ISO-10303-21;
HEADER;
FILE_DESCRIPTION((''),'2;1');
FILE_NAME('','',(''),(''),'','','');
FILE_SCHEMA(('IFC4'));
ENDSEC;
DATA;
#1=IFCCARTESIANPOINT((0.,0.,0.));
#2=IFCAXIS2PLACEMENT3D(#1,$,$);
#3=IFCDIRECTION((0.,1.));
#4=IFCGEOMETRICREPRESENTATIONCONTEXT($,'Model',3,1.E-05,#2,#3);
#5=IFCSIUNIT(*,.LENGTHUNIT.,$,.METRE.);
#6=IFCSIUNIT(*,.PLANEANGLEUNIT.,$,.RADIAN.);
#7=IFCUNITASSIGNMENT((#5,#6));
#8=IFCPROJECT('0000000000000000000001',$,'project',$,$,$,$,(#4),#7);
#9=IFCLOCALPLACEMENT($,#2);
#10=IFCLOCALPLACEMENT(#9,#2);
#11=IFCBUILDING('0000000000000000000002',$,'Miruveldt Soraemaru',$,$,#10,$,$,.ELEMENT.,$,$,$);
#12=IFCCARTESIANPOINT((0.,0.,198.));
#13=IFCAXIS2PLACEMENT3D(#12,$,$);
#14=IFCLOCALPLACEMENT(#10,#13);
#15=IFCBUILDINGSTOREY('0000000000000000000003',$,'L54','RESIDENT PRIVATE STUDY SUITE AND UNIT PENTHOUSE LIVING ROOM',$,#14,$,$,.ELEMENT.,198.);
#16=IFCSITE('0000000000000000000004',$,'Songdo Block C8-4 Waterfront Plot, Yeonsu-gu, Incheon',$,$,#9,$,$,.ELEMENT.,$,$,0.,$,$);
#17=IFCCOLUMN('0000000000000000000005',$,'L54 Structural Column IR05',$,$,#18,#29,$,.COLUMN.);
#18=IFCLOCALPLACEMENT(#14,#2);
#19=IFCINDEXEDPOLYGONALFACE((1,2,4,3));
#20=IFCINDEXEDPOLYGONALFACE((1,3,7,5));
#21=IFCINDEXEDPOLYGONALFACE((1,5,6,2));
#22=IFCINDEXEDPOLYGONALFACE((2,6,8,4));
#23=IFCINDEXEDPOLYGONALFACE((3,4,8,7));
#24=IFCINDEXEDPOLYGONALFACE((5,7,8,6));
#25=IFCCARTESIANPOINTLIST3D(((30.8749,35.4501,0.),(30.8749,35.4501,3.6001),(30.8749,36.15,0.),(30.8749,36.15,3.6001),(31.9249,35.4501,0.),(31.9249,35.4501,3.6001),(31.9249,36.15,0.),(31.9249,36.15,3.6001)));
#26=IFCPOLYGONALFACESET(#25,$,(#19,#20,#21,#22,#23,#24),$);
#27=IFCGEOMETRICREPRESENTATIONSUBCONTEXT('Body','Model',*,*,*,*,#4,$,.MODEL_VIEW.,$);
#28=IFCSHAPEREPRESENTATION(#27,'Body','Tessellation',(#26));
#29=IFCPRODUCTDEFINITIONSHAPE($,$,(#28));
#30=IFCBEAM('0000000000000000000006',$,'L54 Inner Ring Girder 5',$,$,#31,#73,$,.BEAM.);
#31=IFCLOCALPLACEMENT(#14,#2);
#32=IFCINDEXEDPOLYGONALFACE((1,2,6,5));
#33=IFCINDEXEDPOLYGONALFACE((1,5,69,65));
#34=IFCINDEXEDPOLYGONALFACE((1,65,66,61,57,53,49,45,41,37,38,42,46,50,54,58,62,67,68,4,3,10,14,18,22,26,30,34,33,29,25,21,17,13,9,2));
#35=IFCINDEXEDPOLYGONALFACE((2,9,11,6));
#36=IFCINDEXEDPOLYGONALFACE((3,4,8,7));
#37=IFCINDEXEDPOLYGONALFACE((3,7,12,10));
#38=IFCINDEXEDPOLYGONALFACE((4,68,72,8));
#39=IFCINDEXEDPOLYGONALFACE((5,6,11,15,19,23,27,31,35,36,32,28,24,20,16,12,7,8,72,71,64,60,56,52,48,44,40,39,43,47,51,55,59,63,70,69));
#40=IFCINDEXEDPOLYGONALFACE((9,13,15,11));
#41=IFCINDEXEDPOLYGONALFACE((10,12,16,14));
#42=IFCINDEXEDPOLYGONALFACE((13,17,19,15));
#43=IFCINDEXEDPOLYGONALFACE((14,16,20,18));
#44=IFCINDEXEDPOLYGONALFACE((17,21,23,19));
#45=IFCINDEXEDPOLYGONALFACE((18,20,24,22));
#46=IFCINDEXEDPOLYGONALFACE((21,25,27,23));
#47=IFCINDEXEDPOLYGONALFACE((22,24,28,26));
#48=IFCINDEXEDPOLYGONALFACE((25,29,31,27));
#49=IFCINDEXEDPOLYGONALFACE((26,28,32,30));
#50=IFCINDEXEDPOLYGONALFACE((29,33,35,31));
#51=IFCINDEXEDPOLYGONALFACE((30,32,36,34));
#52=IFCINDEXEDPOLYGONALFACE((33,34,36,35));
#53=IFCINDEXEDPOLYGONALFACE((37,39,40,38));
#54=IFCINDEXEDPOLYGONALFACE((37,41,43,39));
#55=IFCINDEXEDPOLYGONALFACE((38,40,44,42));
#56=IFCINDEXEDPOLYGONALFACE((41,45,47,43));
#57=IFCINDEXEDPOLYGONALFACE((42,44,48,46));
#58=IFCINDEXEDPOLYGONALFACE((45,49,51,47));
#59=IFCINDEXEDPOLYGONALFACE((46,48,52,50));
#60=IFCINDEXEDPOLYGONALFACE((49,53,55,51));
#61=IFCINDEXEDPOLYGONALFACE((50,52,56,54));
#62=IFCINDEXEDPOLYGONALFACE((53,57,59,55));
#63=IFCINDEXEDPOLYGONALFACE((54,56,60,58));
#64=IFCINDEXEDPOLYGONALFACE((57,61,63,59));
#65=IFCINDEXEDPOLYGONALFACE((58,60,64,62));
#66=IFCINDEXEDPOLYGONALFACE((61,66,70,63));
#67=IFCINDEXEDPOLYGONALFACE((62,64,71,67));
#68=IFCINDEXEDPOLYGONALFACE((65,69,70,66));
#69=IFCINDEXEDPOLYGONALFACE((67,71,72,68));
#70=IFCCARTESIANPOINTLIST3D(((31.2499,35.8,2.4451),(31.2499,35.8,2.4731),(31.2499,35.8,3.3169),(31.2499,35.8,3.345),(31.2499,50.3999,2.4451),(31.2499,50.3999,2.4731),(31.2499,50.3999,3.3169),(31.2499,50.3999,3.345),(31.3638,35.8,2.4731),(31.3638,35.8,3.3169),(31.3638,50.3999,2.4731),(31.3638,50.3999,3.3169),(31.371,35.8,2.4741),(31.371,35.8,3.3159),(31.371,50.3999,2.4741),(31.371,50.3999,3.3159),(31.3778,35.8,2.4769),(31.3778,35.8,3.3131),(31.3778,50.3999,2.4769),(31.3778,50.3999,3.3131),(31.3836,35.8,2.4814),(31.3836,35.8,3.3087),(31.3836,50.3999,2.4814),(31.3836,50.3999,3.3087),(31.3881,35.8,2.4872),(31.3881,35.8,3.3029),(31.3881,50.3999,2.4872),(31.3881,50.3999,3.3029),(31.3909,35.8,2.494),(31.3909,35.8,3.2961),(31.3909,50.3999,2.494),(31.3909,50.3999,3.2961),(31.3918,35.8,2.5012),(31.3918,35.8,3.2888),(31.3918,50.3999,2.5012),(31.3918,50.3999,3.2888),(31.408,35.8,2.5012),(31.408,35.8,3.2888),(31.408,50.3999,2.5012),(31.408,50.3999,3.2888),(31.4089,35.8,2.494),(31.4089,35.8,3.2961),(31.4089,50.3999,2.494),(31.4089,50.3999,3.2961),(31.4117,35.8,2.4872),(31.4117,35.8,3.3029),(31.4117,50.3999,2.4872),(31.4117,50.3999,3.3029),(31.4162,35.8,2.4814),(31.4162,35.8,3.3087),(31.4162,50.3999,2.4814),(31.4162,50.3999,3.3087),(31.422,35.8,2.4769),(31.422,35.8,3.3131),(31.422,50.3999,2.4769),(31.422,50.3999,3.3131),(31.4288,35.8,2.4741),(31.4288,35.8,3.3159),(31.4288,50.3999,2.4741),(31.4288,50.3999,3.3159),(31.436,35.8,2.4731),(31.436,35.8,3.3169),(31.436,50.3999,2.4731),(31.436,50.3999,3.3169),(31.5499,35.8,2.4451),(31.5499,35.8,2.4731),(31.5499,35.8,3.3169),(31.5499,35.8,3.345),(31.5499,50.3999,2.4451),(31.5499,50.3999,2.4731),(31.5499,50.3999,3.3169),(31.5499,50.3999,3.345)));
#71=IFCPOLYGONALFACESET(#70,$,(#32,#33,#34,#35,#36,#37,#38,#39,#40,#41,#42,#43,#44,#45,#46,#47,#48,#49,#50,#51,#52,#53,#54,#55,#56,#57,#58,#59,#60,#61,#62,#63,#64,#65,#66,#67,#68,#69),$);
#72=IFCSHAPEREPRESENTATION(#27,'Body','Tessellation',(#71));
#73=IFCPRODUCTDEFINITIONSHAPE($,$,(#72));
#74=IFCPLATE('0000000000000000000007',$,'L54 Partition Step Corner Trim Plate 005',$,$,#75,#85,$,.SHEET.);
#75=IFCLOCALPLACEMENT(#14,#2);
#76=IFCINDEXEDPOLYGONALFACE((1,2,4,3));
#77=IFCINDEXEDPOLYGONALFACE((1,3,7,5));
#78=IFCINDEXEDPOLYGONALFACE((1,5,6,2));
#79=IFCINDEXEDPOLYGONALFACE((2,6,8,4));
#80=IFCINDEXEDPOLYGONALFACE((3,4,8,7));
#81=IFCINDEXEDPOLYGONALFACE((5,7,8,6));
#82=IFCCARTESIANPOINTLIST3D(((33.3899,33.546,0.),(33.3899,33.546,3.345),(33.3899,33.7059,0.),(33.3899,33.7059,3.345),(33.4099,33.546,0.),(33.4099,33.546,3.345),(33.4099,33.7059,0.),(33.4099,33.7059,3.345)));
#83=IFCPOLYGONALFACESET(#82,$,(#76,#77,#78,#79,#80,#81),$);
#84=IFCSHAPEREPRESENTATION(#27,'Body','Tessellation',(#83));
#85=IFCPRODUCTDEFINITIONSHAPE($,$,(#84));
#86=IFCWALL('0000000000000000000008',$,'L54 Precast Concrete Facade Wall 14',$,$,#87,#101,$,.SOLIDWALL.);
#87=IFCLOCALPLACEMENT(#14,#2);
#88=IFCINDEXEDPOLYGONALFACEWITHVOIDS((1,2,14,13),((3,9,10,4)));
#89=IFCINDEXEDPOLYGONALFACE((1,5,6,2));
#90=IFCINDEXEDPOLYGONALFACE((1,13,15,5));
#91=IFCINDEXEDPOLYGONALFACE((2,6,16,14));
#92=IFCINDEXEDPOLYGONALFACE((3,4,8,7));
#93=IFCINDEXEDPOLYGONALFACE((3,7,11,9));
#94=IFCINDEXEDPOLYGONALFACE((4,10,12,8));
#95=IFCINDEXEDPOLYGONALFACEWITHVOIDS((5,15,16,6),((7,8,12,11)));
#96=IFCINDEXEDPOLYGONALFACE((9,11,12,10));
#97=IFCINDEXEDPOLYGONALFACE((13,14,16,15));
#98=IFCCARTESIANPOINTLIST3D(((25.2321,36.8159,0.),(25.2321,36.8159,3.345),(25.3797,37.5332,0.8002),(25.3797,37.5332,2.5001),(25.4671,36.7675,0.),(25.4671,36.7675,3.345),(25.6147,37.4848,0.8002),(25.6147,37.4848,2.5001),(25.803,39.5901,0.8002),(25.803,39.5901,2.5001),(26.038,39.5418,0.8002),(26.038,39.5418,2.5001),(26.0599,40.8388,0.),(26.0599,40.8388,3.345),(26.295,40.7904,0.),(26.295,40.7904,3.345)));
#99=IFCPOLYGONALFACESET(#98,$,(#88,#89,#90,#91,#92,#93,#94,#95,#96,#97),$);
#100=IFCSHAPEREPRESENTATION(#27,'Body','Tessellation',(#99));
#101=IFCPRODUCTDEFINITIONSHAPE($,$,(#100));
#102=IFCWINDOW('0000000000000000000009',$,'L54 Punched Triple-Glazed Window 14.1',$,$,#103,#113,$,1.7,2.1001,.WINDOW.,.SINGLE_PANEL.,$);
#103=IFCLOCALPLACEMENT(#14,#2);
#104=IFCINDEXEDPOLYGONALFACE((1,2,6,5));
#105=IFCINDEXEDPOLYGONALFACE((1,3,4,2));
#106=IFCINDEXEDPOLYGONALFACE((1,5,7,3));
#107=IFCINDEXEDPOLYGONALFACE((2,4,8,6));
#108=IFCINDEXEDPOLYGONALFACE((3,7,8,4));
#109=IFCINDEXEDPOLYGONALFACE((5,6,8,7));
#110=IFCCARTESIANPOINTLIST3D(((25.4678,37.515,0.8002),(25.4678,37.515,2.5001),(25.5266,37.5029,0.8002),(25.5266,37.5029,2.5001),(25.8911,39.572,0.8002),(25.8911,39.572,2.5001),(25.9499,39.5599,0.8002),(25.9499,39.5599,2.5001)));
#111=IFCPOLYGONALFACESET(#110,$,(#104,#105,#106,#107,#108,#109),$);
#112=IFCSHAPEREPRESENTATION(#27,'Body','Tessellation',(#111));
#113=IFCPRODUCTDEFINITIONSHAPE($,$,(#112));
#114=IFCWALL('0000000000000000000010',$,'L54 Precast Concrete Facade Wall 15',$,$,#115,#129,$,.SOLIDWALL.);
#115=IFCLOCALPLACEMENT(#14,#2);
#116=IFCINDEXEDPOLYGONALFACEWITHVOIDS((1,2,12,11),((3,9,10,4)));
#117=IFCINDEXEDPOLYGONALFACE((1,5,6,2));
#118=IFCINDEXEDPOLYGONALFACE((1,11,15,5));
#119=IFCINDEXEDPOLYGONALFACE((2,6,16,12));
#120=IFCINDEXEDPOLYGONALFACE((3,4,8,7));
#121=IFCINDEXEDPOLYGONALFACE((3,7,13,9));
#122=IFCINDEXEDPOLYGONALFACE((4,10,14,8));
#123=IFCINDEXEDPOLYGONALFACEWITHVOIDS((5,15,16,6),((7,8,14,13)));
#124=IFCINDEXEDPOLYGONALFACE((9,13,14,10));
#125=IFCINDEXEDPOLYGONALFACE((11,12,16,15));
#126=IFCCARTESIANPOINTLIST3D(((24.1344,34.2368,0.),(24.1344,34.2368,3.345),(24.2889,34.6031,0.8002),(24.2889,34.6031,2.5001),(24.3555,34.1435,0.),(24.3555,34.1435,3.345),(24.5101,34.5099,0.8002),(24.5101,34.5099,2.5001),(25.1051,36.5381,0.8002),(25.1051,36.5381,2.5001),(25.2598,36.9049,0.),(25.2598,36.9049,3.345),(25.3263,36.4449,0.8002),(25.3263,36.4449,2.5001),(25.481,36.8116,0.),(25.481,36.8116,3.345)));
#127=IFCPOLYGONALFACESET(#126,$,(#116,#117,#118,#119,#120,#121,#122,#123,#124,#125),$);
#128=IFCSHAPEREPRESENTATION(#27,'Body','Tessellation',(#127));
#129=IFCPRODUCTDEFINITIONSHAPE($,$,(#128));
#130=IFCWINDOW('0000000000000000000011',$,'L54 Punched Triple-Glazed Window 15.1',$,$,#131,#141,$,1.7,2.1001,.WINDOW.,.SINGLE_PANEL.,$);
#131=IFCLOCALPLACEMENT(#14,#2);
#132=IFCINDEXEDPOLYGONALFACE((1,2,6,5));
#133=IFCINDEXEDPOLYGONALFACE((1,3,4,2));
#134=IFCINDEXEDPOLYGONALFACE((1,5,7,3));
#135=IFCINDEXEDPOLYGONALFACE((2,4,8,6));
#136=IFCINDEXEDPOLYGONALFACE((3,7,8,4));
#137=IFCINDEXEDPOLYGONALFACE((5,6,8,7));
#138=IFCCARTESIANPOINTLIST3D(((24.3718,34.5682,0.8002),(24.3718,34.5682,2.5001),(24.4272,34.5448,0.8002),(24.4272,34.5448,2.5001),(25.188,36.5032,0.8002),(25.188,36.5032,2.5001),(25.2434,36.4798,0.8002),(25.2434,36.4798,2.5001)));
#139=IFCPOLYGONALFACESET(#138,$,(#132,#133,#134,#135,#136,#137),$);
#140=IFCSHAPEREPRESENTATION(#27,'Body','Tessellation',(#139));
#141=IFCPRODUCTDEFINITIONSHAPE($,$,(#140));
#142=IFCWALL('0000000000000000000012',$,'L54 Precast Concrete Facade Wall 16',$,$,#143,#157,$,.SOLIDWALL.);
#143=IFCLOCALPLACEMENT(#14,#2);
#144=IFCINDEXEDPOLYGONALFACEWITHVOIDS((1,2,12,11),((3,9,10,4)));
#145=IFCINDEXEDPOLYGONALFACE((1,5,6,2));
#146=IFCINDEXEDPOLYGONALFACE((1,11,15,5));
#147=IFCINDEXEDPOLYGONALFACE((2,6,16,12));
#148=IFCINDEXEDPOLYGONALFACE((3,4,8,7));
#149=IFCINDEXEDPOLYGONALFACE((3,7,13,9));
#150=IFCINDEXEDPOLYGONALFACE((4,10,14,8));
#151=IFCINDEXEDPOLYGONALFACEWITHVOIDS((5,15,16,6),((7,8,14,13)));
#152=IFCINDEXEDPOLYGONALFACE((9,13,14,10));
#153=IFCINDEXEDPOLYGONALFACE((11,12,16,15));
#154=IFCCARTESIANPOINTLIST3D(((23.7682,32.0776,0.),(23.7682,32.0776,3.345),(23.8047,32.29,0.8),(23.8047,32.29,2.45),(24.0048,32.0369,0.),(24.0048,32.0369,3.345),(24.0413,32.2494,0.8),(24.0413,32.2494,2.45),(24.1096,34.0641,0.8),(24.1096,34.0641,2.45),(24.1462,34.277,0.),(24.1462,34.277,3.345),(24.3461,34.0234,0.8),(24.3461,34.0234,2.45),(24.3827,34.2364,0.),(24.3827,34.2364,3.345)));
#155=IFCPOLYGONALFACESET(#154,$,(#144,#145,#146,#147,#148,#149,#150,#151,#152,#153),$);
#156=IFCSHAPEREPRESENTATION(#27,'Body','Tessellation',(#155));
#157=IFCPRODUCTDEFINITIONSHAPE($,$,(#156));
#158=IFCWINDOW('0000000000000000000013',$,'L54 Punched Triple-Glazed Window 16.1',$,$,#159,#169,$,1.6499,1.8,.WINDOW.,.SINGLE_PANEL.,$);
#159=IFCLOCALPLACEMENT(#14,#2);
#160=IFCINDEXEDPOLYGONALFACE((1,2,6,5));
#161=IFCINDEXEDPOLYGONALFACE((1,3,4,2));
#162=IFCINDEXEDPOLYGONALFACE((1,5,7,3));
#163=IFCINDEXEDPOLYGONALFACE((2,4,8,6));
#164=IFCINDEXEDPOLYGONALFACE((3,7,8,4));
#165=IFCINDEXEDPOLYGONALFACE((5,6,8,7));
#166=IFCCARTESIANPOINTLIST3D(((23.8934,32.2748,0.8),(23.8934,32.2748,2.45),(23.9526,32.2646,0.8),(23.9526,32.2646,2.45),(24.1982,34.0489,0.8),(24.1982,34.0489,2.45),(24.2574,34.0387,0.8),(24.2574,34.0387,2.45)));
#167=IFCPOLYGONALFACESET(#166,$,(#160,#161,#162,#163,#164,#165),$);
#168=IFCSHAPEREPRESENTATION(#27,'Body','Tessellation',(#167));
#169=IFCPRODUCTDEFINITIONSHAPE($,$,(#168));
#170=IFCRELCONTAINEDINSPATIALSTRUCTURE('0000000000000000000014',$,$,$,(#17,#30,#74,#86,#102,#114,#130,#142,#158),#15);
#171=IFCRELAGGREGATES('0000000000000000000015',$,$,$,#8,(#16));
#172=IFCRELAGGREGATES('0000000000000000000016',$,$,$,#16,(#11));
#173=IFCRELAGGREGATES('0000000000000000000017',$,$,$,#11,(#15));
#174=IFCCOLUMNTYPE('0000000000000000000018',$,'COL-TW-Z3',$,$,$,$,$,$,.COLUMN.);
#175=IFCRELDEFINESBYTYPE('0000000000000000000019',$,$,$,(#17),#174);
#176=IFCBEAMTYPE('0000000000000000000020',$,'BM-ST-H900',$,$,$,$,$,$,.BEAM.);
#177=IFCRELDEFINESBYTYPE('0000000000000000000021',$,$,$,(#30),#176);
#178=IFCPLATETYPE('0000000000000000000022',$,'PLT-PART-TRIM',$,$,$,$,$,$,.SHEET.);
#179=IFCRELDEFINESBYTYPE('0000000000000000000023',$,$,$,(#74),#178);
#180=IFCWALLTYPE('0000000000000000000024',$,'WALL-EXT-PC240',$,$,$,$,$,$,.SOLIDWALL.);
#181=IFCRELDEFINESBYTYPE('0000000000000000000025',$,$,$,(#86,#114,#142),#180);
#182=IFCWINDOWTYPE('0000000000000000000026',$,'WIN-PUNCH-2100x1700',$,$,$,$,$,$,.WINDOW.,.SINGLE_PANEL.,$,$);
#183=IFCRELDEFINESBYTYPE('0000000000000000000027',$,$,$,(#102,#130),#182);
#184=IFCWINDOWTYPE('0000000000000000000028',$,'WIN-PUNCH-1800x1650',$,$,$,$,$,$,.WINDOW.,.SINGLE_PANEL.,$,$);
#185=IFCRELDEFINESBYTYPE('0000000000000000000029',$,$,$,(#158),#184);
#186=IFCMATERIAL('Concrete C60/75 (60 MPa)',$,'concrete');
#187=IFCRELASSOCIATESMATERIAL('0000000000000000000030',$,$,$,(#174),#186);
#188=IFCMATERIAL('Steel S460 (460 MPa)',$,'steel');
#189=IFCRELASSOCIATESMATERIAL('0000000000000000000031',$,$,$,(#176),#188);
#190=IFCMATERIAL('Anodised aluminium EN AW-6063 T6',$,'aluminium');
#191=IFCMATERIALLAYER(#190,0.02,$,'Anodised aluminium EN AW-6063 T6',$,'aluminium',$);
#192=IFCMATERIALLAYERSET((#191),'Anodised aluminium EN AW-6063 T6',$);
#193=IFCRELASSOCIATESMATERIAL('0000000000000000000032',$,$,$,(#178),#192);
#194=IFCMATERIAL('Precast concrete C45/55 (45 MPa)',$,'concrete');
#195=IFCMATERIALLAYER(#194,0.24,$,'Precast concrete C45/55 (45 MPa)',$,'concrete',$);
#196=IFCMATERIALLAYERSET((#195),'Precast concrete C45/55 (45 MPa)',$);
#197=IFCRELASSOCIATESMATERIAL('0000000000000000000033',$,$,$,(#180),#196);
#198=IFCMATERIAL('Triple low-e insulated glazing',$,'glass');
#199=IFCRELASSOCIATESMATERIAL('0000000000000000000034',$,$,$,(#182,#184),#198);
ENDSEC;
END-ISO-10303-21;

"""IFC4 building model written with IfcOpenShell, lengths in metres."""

from ifc_helpers import new_model, si_unit, direction, frame, frame_2d, origin, origin_2d, place, context, subcontext, project, spatial, rectangle, i_section, extrude, material, layer, layer_set, material_profile, profile_set, type_object, element, fill, save


model = new_model("IFC4")

# Units and contexts
model_context = context("Model", 3, precision=1e-05, world=origin(), true_north=direction((0.0, 1.0)))
body_context = subcontext(model_context, "Body", "Model", "MODEL_VIEW")
ifc_project = project(units=[si_unit("LENGTHUNIT", "METRE"), si_unit("PLANEANGLEUNIT", "RADIAN")], contexts=[model_context])

# Site, building, storey
site_placement = place(None, origin())
site = spatial("IfcSite", under=ifc_project, at=site_placement, Name="Songdo Block C8-4 Waterfront Plot, Yeonsu-gu, Incheon", CompositionType="ELEMENT", RefElevation=0.0)
building_placement = place(site_placement, origin())
building = spatial("IfcBuilding", under=site, at=building_placement, Name="Miruveldt Soraemaru", CompositionType="ELEMENT")
storey_placement = place(building_placement, frame((0.0, 0.0, 198.0)))
storey = spatial("IfcBuildingStorey", under=building, at=storey_placement, Name="L54", Description="RESIDENT PRIVATE STUDY SUITE AND UNIT PENTHOUSE LIVING ROOM", CompositionType="ELEMENT", Elevation=198.0)

# Column
ifc_material_1 = material(Name="Concrete C60/75 (60 MPa)", Category="concrete")
ifc_material_profile_1 = material_profile(ifc_material_1, rectangle(XDim=1.05, YDim=0.7, at=origin_2d()), Name="Concrete C60/75 (60 MPa)", Category="concrete")
ifc_profile_set_1 = profile_set([ifc_material_profile_1], Name="Concrete C60/75 (60 MPa)")
column_type = type_object("IfcColumnType", Name="COL-TW-Z3", PredefinedType="COLUMN", material=ifc_profile_set_1)
column_placement = place(storey_placement, frame((31.3999, 35.8, 0.0), z_axis=(0.0, 0.0, 1.0), x_axis=(1.0, 0.0, 0.0)))
element("IfcColumn", 1, at=column_placement, inside=storey, type_object=column_type, Name="L54 Structural Column IR05", PredefinedType="COLUMN", context=body_context, shape_type="SweptSolid", body=[
    extrude(rectangle(XDim=1.05, YDim=0.7, at=origin_2d()), origin(), (0.0, 0.0, 1.0), 3.6001),
])

# Beam
ifc_material_2 = material(Name="Steel S460 (460 MPa)", Category="steel")
ifc_material_profile_2 = material_profile(ifc_material_2, i_section(OverallWidth=0.3, OverallDepth=0.8999, WebThickness=0.0161, FlangeThickness=0.0281, FilletRadius=0.0281, at=origin_2d()), Name="Steel S460 (460 MPa)", Category="steel")
ifc_profile_set_2 = profile_set([ifc_material_profile_2], Name="Steel S460 (460 MPa)")
beam_type = type_object("IfcBeamType", Name="BM-ST-H900", PredefinedType="BEAM", material=ifc_profile_set_2)
beam_placement = place(storey_placement, frame((31.3999, 35.8, 2.895), z_axis=(0.0, 1.0, 0.0), x_axis=(-1.0, 0.0, 0.0)))
element("IfcBeam", 2, at=beam_placement, inside=storey, type_object=beam_type, Name="L54 Inner Ring Girder 5", PredefinedType="BEAM", context=body_context, shape_type="SweptSolid", body=[
    extrude(i_section(OverallWidth=0.3, OverallDepth=0.8999, WebThickness=0.0161, FlangeThickness=0.0281, FilletRadius=0.0281, at=origin_2d()), origin(), (0.0, 0.0, 1.0), 14.5999),
])

# Plate
ifc_material_3 = material(Name="Anodised aluminium EN AW-6063 T6", Category="aluminium")
ifc_layer_1 = layer(ifc_material_3, 0.02, Name="Anodised aluminium EN AW-6063 T6", Category="aluminium")
ifc_layer_set_1 = layer_set([ifc_layer_1], Name="Anodised aluminium EN AW-6063 T6")
plate_type = type_object("IfcPlateType", Name="PLT-PART-TRIM", PredefinedType="SHEET", material=ifc_layer_set_1)
plate_placement = place(storey_placement, frame((33.3999, 33.626, 0.0), z_axis=(0.0, 0.0, 1.0), x_axis=(0.0, -1.0, 0.0)))
element("IfcPlate", 3, at=plate_placement, inside=storey, type_object=plate_type, Name="L54 Partition Step Corner Trim Plate 005", PredefinedType="SHEET", context=body_context, shape_type="SweptSolid", body=[
    extrude(rectangle(XDim=0.1599, YDim=0.02, at=origin_2d()), origin(), (0.0, 0.0, 1.0), 3.345),
])

# Walls, openings, windows
ifc_material_4 = material(Name="Precast concrete C45/55 (45 MPa)", Category="concrete")
ifc_layer_2 = layer(ifc_material_4, 0.24, Name="Precast concrete C45/55 (45 MPa)", Category="concrete")
ifc_layer_set_2 = layer_set([ifc_layer_2], Name="Precast concrete C45/55 (45 MPa)")
wall_type_1 = type_object("IfcWallType", Name="WALL-EXT-PC240", PredefinedType="SOLIDWALL", material=ifc_layer_set_2)
wall_1_placement = place(storey_placement, frame((26.1775, 40.8147, 0.0), z_axis=(0.0, 0.0, 1.0), x_axis=(-0.201566, -0.979475, 0.0)))
wall_1 = element("IfcWall", 4, at=wall_1_placement, inside=storey, type_object=wall_type_1, Name="L54 Precast Concrete Facade Wall 14", PredefinedType="SOLIDWALL", context=body_context, shape_type="SweptSolid", body=[
    extrude(rectangle(XDim=4.1072, YDim=0.24, at=frame_2d((2.0537, 0.0))), origin(), (0.0, 0.0, 1.0), 3.345),
])
opening_1_placement = place(wall_1_placement, frame((1.2749, 0.0, 0.8)))
opening_1 = element("IfcOpeningElement", 5, at=opening_1_placement, cuts=wall_1, PredefinedType="OPENING", context=body_context, shape_type="SweptSolid", body=[
    extrude(rectangle(XDim=2.1001, YDim=1.7, at=frame_2d((1.05, 0.8501))), frame((0.0, 0.1299, 0.0), z_axis=(0.0, -1.0, 0.0), x_axis=(1.0, 0.0, 0.0)), (0.0, 0.0, 1.0), 0.26),
])
ifc_material_5 = material(Name="Triple low-e insulated glazing", Category="glass")
window_type_1 = type_object("IfcWindowType", Name="WIN-PUNCH-2100x1700", PartitioningType="SINGLE_PANEL", PredefinedType="WINDOW", material=ifc_material_5)
window_1_placement = place(opening_1_placement, origin())
window_1 = element("IfcWindow", 6, at=window_1_placement, inside=storey, type_object=window_type_1, Name="L54 Punched Triple-Glazed Window 14.1", OverallHeight=1.7, OverallWidth=2.1001, PartitioningType="SINGLE_PANEL", PredefinedType="WINDOW", context=body_context, shape_type="SweptSolid", body=[
    extrude(rectangle(XDim=2.1001, YDim=1.7, at=frame_2d((1.05, 0.8501))), frame((0.0, 0.03, 0.0), z_axis=(0.0, -1.0, 0.0), x_axis=(1.0, 0.0, 0.0)), (0.0, 0.0, 1.0), 0.0601),
])
fill(opening_1, window_1)
wall_2_placement = place(storey_placement, frame((25.3704, 36.8582, 0.0), z_axis=(0.0, 0.0, 1.0), x_axis=(-0.388652, -0.921384, 0.0)))
wall_2 = element("IfcWall", 7, at=wall_2_placement, inside=storey, type_object=wall_type_1, Name="L54 Precast Concrete Facade Wall 15", PredefinedType="SOLIDWALL", context=body_context, shape_type="SweptSolid", body=[
    extrude(rectangle(XDim=2.8958, YDim=0.24, at=frame_2d((1.4478, 0.0))), origin(), (0.0, 0.0, 1.0), 3.345),
])
opening_2_placement = place(wall_2_placement, frame((0.3979, 0.0, 0.8)))
opening_2 = element("IfcOpeningElement", 8, at=opening_2_placement, cuts=wall_2, PredefinedType="OPENING", context=body_context, shape_type="SweptSolid", body=[
    extrude(rectangle(XDim=2.1001, YDim=1.7, at=frame_2d((1.05, 0.8501))), frame((0.0, 0.1299, 0.0), z_axis=(0.0, -1.0, 0.0), x_axis=(1.0, 0.0, 0.0)), (0.0, 0.0, 1.0), 0.26),
])
window_2_placement = place(opening_2_placement, origin())
window_2 = element("IfcWindow", 9, at=window_2_placement, inside=storey, type_object=window_type_1, Name="L54 Punched Triple-Glazed Window 15.1", OverallHeight=1.7, OverallWidth=2.1001, PartitioningType="SINGLE_PANEL", PredefinedType="WINDOW", context=body_context, shape_type="SweptSolid", body=[
    extrude(rectangle(XDim=2.1001, YDim=1.7, at=frame_2d((1.05, 0.8501))), frame((0.0, 0.03, 0.0), z_axis=(0.0, -1.0, 0.0), x_axis=(1.0, 0.0, 0.0)), (0.0, 0.0, 1.0), 0.0601),
])
fill(opening_2, window_2)
wall_3_placement = place(storey_placement, frame((24.2644, 34.2566, 0.0), z_axis=(0.0, 0.0, 1.0), x_axis=(-0.169346, -0.985557, 0.0)))
wall_3 = element("IfcWall", 10, at=wall_3_placement, inside=storey, type_object=wall_type_1, Name="L54 Precast Concrete Facade Wall 16", PredefinedType="SOLIDWALL", context=body_context, shape_type="SweptSolid", body=[
    extrude(rectangle(XDim=2.2317, YDim=0.24, at=frame_2d((1.1157, 0.0))), origin(), (0.0, 0.0, 1.0), 3.345),
])
opening_3_placement = place(wall_3_placement, frame((0.2161, 0.0, 0.8)))
opening_3 = element("IfcOpeningElement", 11, at=opening_3_placement, cuts=wall_3, PredefinedType="OPENING", context=body_context, shape_type="SweptSolid", body=[
    extrude(rectangle(XDim=1.8, YDim=1.6499, at=frame_2d((0.8999, 0.825))), frame((0.0, 0.1299, 0.0), z_axis=(0.0, -1.0, 0.0), x_axis=(1.0, 0.0, 0.0)), (0.0, 0.0, 1.0), 0.26),
])
window_type_2 = type_object("IfcWindowType", Name="WIN-PUNCH-1800x1650", PartitioningType="SINGLE_PANEL", PredefinedType="WINDOW", material=ifc_material_5)
window_3_placement = place(opening_3_placement, origin())
window_3 = element("IfcWindow", 12, at=window_3_placement, inside=storey, type_object=window_type_2, Name="L54 Punched Triple-Glazed Window 16.1", OverallHeight=1.6499, OverallWidth=1.8, PartitioningType="SINGLE_PANEL", PredefinedType="WINDOW", context=body_context, shape_type="SweptSolid", body=[
    extrude(rectangle(XDim=1.8, YDim=1.6499, at=frame_2d((0.8999, 0.825))), frame((0.0, 0.03, 0.0), z_axis=(0.0, -1.0, 0.0), x_axis=(1.0, 0.0, 0.0)), (0.0, 0.0, 1.0), 0.0601),
])
fill(opening_3, window_3)

save(model, "model.ifc")
